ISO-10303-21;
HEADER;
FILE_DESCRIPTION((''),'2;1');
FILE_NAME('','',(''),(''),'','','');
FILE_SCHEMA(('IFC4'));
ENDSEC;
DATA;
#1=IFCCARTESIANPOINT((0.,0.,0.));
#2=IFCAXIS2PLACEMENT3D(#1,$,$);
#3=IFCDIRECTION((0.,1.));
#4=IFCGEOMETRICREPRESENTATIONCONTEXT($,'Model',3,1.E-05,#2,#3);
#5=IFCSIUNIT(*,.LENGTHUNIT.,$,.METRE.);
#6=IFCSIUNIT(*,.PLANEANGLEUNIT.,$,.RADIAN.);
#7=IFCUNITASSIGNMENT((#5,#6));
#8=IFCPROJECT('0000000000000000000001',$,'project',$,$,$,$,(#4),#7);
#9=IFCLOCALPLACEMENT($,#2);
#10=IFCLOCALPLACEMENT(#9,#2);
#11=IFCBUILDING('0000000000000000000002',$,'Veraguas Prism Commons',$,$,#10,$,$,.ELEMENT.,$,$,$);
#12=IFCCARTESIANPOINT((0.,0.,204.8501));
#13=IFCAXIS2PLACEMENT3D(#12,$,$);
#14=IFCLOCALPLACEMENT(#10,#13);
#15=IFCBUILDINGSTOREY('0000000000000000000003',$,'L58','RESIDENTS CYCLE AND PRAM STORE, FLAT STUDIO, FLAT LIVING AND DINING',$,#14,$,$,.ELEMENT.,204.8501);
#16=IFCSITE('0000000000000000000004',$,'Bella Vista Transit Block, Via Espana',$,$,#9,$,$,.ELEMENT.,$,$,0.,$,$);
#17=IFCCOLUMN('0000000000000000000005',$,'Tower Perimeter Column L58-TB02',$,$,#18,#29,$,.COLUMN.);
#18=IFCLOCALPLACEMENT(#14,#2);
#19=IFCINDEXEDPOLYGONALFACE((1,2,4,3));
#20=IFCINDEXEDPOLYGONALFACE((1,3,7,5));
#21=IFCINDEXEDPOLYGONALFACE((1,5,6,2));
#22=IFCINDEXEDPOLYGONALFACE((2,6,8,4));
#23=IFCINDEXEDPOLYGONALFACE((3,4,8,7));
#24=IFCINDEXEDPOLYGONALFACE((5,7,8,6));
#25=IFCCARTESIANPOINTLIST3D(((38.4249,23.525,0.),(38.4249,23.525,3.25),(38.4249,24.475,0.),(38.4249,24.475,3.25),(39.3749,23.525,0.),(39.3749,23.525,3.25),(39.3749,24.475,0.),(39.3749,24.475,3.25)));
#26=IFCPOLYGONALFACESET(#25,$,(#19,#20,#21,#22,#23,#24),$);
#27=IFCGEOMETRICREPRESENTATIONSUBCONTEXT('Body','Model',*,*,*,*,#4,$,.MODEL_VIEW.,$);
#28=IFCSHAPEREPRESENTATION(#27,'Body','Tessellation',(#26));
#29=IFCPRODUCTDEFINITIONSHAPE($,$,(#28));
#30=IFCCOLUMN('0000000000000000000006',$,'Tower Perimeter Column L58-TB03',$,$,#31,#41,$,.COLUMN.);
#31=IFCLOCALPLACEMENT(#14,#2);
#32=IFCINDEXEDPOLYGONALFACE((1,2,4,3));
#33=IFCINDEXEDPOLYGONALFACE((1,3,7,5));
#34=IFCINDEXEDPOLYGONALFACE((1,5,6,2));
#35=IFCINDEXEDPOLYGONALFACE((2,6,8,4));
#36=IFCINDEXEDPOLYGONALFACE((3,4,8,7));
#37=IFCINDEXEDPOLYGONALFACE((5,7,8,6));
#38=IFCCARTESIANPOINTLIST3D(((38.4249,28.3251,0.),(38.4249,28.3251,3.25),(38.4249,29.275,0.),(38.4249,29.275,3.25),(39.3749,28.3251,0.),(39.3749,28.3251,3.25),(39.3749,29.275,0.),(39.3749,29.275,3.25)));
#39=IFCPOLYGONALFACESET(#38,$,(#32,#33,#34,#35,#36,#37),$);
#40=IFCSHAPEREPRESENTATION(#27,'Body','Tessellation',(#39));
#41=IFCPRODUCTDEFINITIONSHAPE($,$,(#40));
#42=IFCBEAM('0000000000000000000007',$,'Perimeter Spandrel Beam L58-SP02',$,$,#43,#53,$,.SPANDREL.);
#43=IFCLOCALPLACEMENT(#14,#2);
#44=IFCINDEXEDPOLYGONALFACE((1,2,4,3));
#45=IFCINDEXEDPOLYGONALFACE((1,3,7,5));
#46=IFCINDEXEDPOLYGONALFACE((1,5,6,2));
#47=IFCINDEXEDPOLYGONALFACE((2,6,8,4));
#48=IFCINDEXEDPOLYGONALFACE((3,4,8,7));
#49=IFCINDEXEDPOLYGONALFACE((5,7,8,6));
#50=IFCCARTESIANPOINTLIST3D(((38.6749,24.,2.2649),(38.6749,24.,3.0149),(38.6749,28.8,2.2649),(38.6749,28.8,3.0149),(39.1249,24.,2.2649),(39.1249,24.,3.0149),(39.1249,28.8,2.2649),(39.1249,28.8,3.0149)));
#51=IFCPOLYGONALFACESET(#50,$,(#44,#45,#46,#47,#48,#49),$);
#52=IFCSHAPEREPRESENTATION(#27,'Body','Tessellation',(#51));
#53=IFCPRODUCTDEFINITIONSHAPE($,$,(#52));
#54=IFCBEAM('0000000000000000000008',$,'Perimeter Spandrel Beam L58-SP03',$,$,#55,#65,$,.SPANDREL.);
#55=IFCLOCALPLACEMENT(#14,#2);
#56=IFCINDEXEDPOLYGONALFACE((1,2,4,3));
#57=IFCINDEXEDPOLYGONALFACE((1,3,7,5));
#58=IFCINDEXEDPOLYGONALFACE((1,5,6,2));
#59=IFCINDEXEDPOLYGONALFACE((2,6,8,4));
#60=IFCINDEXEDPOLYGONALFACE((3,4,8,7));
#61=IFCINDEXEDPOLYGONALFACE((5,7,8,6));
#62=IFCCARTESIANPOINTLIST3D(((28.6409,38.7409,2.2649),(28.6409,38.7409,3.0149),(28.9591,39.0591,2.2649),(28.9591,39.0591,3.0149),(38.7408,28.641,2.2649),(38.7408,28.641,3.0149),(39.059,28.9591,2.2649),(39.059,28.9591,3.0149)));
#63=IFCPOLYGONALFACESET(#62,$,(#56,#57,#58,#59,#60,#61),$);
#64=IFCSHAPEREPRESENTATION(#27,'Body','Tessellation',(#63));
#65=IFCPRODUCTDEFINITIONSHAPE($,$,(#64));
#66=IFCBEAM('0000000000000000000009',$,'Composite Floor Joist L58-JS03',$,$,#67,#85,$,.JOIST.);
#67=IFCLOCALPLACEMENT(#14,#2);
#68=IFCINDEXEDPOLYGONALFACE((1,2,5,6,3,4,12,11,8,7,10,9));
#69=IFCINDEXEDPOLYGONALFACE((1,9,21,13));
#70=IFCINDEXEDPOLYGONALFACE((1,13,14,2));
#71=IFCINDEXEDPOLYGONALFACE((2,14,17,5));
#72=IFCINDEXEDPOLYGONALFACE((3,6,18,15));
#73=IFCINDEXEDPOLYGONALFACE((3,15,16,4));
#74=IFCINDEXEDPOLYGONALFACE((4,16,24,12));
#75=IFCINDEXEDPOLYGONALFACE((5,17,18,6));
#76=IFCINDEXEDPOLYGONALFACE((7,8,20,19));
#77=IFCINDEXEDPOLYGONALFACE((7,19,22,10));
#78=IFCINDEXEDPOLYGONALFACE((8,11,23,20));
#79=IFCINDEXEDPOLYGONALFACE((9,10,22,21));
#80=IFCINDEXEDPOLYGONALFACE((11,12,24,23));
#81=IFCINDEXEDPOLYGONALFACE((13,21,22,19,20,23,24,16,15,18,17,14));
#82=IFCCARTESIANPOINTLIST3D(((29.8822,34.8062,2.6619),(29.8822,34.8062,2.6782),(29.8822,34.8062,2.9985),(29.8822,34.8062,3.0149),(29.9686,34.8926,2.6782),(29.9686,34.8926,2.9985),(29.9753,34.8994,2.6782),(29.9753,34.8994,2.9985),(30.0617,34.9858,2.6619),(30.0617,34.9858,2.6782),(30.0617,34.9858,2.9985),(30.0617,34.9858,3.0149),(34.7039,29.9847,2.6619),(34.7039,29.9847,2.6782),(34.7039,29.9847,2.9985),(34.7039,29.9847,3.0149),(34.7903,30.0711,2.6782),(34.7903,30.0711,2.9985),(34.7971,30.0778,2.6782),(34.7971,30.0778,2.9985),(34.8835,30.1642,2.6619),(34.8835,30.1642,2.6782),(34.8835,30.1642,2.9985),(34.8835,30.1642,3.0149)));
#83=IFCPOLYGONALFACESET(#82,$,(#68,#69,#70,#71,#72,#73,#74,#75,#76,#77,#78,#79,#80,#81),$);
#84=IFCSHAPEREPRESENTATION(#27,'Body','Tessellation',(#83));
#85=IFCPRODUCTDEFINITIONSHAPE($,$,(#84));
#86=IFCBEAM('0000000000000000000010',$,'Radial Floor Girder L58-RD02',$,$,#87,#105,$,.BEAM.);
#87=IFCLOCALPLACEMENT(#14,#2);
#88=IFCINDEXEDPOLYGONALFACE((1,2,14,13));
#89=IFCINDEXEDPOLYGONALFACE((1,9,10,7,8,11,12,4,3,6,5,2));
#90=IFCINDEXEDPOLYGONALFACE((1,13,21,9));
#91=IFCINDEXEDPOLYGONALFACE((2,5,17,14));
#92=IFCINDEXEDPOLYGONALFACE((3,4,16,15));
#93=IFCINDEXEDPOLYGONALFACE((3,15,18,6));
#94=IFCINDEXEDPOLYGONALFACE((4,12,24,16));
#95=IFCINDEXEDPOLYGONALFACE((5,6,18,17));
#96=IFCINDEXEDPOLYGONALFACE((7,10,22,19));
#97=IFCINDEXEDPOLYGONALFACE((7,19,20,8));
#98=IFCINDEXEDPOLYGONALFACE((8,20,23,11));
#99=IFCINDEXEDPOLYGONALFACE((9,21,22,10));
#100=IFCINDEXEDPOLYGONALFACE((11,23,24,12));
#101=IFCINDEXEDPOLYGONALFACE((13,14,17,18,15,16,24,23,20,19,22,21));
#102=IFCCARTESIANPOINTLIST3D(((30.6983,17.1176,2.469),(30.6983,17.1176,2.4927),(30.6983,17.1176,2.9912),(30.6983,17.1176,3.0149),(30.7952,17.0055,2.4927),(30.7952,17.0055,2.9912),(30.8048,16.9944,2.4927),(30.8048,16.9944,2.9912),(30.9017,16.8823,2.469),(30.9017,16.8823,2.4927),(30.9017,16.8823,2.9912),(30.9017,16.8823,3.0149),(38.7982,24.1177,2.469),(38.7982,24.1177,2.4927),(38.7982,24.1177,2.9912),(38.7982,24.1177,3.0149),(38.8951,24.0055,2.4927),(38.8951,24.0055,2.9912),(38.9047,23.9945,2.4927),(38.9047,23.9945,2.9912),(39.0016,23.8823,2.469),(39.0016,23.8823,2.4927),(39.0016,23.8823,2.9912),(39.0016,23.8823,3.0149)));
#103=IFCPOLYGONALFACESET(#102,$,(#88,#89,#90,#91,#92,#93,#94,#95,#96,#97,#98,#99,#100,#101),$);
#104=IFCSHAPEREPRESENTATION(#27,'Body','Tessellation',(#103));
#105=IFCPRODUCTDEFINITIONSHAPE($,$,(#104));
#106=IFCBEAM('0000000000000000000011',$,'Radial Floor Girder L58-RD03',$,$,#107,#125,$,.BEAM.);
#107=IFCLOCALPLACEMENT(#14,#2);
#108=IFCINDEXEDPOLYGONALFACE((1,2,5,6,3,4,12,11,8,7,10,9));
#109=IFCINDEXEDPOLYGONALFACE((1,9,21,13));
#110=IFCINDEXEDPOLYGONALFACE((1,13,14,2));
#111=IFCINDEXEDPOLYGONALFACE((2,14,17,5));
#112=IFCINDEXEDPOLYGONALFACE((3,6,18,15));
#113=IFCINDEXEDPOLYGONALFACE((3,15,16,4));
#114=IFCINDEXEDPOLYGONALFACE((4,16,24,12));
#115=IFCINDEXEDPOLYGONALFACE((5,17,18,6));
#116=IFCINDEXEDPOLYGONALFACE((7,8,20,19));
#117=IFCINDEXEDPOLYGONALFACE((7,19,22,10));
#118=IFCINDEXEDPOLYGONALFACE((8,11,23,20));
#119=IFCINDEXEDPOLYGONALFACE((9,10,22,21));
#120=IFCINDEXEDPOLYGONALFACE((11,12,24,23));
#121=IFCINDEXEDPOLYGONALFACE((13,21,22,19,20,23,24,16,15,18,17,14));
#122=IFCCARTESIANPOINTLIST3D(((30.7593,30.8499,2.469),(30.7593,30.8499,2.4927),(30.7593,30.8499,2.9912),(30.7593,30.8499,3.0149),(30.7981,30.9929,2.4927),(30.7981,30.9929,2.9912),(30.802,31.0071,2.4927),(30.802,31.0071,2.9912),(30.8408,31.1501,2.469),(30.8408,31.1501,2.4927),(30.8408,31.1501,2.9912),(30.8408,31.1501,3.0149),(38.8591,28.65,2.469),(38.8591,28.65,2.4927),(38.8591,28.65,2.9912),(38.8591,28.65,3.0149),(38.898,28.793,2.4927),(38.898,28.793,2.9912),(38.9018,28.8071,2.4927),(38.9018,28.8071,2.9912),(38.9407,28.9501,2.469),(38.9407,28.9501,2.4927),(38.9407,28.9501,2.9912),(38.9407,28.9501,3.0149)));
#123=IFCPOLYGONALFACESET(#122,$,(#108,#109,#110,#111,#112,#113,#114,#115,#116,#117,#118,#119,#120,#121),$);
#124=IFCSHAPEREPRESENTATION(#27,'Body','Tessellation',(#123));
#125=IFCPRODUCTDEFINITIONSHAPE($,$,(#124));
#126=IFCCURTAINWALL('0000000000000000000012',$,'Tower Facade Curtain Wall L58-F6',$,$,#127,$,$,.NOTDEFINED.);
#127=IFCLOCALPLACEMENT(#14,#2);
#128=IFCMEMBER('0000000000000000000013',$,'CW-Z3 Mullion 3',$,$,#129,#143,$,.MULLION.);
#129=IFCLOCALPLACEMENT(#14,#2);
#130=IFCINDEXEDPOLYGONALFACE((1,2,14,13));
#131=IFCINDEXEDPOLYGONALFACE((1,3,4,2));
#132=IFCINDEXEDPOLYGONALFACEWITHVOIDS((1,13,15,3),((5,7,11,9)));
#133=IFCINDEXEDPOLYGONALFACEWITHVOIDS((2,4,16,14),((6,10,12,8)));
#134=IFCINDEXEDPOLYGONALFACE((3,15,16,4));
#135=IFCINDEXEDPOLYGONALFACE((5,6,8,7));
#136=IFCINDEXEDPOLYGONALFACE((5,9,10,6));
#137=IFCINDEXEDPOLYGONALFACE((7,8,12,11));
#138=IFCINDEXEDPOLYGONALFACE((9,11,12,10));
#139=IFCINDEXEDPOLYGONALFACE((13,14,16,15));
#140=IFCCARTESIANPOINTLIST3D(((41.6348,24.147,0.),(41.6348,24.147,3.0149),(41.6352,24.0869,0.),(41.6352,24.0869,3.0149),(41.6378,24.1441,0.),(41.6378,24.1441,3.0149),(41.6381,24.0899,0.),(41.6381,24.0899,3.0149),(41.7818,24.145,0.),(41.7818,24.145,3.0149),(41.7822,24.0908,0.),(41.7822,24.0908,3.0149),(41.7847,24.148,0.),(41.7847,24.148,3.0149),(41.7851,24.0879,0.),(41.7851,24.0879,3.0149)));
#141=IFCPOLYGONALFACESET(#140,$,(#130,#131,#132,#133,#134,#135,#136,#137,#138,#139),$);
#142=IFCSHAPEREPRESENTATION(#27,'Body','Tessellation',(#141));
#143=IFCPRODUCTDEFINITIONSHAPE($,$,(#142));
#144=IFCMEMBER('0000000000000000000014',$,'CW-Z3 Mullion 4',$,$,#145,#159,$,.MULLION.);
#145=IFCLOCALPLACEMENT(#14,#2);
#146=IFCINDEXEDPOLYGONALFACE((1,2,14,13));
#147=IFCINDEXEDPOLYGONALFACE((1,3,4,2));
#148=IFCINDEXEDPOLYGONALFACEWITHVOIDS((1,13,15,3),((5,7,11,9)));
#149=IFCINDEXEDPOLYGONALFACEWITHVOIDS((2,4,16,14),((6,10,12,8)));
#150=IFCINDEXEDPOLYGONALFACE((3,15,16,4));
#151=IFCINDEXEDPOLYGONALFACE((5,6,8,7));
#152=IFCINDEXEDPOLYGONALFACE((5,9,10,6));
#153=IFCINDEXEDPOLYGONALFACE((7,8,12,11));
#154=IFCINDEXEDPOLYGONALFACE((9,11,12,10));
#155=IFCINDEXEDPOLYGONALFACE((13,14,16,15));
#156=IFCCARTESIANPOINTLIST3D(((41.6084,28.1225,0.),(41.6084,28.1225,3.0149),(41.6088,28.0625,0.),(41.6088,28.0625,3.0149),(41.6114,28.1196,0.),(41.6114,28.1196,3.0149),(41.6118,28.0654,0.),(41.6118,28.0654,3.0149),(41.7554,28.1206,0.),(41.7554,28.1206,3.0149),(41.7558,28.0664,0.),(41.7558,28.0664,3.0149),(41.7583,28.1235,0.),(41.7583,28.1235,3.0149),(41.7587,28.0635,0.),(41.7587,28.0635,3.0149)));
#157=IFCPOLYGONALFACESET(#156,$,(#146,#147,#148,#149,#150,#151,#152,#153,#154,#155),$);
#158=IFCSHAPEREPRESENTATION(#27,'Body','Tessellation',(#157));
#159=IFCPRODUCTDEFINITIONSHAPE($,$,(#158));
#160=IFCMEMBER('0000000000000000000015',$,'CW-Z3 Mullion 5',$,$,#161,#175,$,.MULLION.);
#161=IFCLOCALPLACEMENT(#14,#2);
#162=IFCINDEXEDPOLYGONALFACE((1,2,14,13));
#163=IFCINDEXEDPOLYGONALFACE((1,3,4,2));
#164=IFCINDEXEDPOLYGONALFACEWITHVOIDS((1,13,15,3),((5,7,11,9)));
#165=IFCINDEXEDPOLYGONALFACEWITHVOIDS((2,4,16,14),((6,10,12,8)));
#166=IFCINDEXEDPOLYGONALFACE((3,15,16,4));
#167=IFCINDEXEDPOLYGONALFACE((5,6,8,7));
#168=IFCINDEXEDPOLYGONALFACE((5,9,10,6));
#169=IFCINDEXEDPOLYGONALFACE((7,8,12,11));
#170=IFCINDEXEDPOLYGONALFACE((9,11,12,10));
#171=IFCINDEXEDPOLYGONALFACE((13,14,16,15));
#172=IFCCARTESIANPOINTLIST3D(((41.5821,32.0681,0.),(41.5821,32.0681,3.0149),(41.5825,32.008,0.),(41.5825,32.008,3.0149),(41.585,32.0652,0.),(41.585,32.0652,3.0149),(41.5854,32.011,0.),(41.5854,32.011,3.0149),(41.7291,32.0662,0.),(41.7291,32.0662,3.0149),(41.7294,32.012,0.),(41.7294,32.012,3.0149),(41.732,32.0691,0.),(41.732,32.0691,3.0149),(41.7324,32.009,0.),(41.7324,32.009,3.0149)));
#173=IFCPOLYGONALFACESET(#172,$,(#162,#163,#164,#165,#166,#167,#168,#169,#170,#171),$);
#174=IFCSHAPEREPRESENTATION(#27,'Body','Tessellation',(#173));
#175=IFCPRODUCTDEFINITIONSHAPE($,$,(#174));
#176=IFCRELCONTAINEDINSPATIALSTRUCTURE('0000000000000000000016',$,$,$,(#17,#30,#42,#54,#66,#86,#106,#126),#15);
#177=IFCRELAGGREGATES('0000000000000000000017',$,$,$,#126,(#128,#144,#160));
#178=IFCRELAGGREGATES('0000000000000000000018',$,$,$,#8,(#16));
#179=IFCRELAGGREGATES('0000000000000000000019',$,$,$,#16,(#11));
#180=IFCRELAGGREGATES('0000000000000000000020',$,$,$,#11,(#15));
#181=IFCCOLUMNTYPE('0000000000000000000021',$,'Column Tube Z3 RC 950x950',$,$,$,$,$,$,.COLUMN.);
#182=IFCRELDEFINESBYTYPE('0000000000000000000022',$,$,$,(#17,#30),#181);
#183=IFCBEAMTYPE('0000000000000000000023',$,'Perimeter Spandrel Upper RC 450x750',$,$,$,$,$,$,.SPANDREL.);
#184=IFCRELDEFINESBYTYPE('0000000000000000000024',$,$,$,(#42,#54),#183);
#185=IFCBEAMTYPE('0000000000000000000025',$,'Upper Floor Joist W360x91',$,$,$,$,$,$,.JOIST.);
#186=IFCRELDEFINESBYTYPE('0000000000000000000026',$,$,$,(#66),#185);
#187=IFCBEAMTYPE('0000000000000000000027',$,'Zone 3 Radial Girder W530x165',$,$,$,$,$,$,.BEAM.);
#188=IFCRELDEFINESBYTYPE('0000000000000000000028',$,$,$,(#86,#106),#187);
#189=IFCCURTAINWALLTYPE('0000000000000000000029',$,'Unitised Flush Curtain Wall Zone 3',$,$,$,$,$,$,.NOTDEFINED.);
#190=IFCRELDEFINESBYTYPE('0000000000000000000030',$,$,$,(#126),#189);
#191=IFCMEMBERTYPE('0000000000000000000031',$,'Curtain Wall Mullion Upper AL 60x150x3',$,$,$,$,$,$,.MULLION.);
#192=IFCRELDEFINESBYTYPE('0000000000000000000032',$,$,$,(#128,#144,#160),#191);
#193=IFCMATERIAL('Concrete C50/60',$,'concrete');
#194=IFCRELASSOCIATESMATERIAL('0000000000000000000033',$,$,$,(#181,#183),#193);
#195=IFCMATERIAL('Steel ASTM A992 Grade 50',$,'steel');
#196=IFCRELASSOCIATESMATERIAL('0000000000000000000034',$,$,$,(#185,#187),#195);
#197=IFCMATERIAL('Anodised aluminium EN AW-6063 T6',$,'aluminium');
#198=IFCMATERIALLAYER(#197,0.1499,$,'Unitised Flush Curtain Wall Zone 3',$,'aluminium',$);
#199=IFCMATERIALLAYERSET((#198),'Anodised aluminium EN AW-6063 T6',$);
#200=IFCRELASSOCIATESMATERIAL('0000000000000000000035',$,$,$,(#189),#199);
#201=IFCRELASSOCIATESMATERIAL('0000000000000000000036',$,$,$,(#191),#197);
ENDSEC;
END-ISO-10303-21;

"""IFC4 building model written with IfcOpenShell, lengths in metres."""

from ifc_helpers import new_model, si_unit, direction, frame, origin, origin_2d, place, context, subcontext, project, spatial, rectangle, hollow_rectangle, i_section, extrude, source, transform, mapped, material, layer, layer_set, material_profile, profile_set, type_object, element, aggregate, save


model = new_model("IFC4")

# Units and contexts
model_context = context("Model", 3, precision=1e-05, world=origin(), true_north=direction((0.0, 1.0)))
body_context = subcontext(model_context, "Body", "Model", "MODEL_VIEW")
ifc_project = project(units=[si_unit("LENGTHUNIT", "METRE"), si_unit("PLANEANGLEUNIT", "RADIAN")], contexts=[model_context])

# Site, building, storey
site_placement = place(None, origin())
site = spatial("IfcSite", under=ifc_project, at=site_placement, Name="Bella Vista Transit Block, Via Espana", CompositionType="ELEMENT", RefElevation=0.0)
building_placement = place(site_placement, origin())
building = spatial("IfcBuilding", under=site, at=building_placement, Name="Veraguas Prism Commons", CompositionType="ELEMENT")
storey_placement = place(building_placement, frame((0.0, 0.0, 204.8501)))
storey = spatial("IfcBuildingStorey", under=building, at=storey_placement, Name="L58", Description="RESIDENTS CYCLE AND PRAM STORE, FLAT STUDIO, FLAT LIVING AND DINING", CompositionType="ELEMENT", Elevation=204.8501)

# Columns
ifc_material_1 = material(Name="Concrete C50/60", Category="concrete")
ifc_material_profile_1 = material_profile(ifc_material_1, rectangle(XDim=0.95, YDim=0.95, at=origin_2d()), Name="RC950X950")
ifc_profile_set_1 = profile_set([ifc_material_profile_1], Name="Concrete C50/60")
column_type = type_object("IfcColumnType", Name="Column Tube Z3 RC 950x950", PredefinedType="COLUMN", material=ifc_profile_set_1)
for number, where, z_axis, x_axis, name in (
    (1, (38.8999, 24.0, 0.0), (0.0, 0.0, 1.0), (1.0, 0.0, 0.0), "Tower Perimeter Column L58-TB02"),
    (2, (38.8999, 28.8, 0.0), (0.0, 0.0, 1.0), (1.0, 0.0, 0.0), "Tower Perimeter Column L58-TB03"),
):
    element("IfcColumn", number, at=place(storey_placement, frame(where, z_axis=z_axis, x_axis=x_axis)), inside=storey, type_object=column_type, Name=name, PredefinedType="COLUMN", context=body_context, shape_type="SweptSolid", body=[
        extrude(rectangle(XDim=0.95, YDim=0.95, at=origin_2d()), origin(), (0.0, 0.0, 1.0), 3.25),
    ])

# Beams
ifc_material_profile_2 = material_profile(ifc_material_1, rectangle(XDim=0.45, YDim=0.75, at=origin_2d()), Name="RC450X750")
ifc_profile_set_2 = profile_set([ifc_material_profile_2], Name="Concrete C50/60")
beam_type_1 = type_object("IfcBeamType", Name="Perimeter Spandrel Upper RC 450x750", PredefinedType="SPANDREL", material=ifc_profile_set_2)
beam_1_placement = place(storey_placement, frame((38.8999, 24.0, 2.6399), z_axis=(0.0, 1.0, 0.0), x_axis=(-1.0, 0.0, 0.0)))
element("IfcBeam", 3, at=beam_1_placement, inside=storey, type_object=beam_type_1, Name="Perimeter Spandrel Beam L58-SP02", PredefinedType="SPANDREL", context=body_context, shape_type="SweptSolid", body=[
    extrude(rectangle(XDim=0.45, YDim=0.75, at=origin_2d()), origin(), (0.0, 0.0, 1.0), 4.8),
])
beam_2_placement = place(storey_placement, frame((38.8999, 28.8, 2.6399), z_axis=(-0.707107, 0.707107, 0.0), x_axis=(-0.707107, -0.707107, 0.0)))
element("IfcBeam", 4, at=beam_2_placement, inside=storey, type_object=beam_type_1, Name="Perimeter Spandrel Beam L58-SP03", PredefinedType="SPANDREL", context=body_context, shape_type="SweptSolid", body=[
    extrude(rectangle(XDim=0.45, YDim=0.75, at=origin_2d()), origin(), (0.0, 0.0, 1.0), 14.2834),
])
ifc_material_2 = material(Name="Steel ASTM A992 Grade 50", Category="steel")
ifc_material_profile_3 = material_profile(ifc_material_2, i_section(OverallWidth=0.2539, OverallDepth=0.353, WebThickness=0.0095, FlangeThickness=0.0164, at=origin_2d()), Name="W360X91")
ifc_profile_set_3 = profile_set([ifc_material_profile_3], Name="Steel ASTM A992 Grade 50")
beam_type_2 = type_object("IfcBeamType", Name="Upper Floor Joist W360x91", PredefinedType="JOIST", material=ifc_profile_set_3)
beam_3_placement = place(storey_placement, frame((34.7937, 30.0745, 2.8384), z_axis=(-0.707125, 0.707089, 0.0), x_axis=(-0.707089, -0.707125, 0.0)))
element("IfcBeam", 5, at=beam_3_placement, inside=storey, type_object=beam_type_2, Name="Composite Floor Joist L58-JS03", PredefinedType="JOIST", context=body_context, shape_type="SweptSolid", body=[
    extrude(i_section(OverallWidth=0.2539, OverallDepth=0.353, WebThickness=0.0095, FlangeThickness=0.0164, at=origin_2d()), origin(), (0.0, 0.0, 1.0), 6.8188),
])
ifc_material_profile_4 = material_profile(ifc_material_2, i_section(OverallWidth=0.311, OverallDepth=0.5459, WebThickness=0.0146, FlangeThickness=0.0237, at=origin_2d()), Name="W530X165")
ifc_profile_set_4 = profile_set([ifc_material_profile_4], Name="Steel ASTM A992 Grade 50")
beam_type_3 = type_object("IfcBeamType", Name="Zone 3 Radial Girder W530x165", PredefinedType="BEAM", material=ifc_profile_set_4)
beam_4_placement = place(storey_placement, frame((38.8999, 24.0, 2.7419), z_axis=(-0.756607, -0.65387, 0.0), x_axis=(0.65387, -0.756607, 0.0)))
element("IfcBeam", 6, at=beam_4_placement, inside=storey, type_object=beam_type_3, Name="Radial Floor Girder L58-RD02", PredefinedType="BEAM", context=body_context, shape_type="SweptSolid", body=[
    extrude(i_section(OverallWidth=0.311, OverallDepth=0.5459, WebThickness=0.0146, FlangeThickness=0.0237, at=origin_2d()), origin(), (0.0, 0.0, 1.0), 10.7056),
])
beam_5_placement = place(storey_placement, frame((38.8999, 28.8, 2.7419), z_axis=(-0.965039, 0.262108, 0.0), x_axis=(-0.262108, -0.965039, 0.0)))
element("IfcBeam", 7, at=beam_5_placement, inside=storey, type_object=beam_type_3, Name="Radial Floor Girder L58-RD03", PredefinedType="BEAM", context=body_context, shape_type="SweptSolid", body=[
    extrude(i_section(OverallWidth=0.311, OverallDepth=0.5459, WebThickness=0.0146, FlangeThickness=0.0237, at=origin_2d()), origin(), (0.0, 0.0, 1.0), 8.3933),
])

# Curtain wall, members
ifc_material_3 = material(Name="Anodised aluminium EN AW-6063 T6", Category="aluminium")
ifc_layer_1 = layer(ifc_material_3, 0.1499, Name="Unitised Flush Curtain Wall Zone 3", Category="aluminium")
ifc_layer_set_1 = layer_set([ifc_layer_1], Name="Anodised aluminium EN AW-6063 T6")
curtain_wall_type = type_object("IfcCurtainWallType", Name="Unitised Flush Curtain Wall Zone 3", PredefinedType="NOTDEFINED", material=ifc_layer_set_1)
curtain_wall_placement = place(storey_placement, origin())
curtain_wall = element("IfcCurtainWall", 8, at=curtain_wall_placement, inside=storey, type_object=curtain_wall_type, Name="Tower Facade Curtain Wall L58-F6", PredefinedType="NOTDEFINED")
ifc_material_profile_5 = material_profile(ifc_material_3, hollow_rectangle(XDim=0.0601, YDim=0.1499, WallThickness=0.0029, at=origin_2d()), Name="AL60X150X3")
ifc_profile_set_5 = profile_set([ifc_material_profile_5], Name="Anodised aluminium EN AW-6063 T6")
member_type = type_object("IfcMemberType", Name="Curtain Wall Mullion Upper AL 60x150x3", PredefinedType="MULLION", material=ifc_profile_set_5)
shared_shape_1 = source(origin(), body_context, "Body", "SweptSolid", [
    extrude(hollow_rectangle(XDim=0.0601, YDim=0.1499, WallThickness=0.0029, at=origin_2d()), origin(), (0.0, 0.0, 1.0), 3.0149),
])
member_1_placement = place(storey_placement, frame((41.71, 24.1174, 0.0), z_axis=(0.0, 0.0, 1.0), x_axis=(-0.006634, 0.999978, 0.0)))
member_1 = element("IfcMember", 9, at=member_1_placement, type_object=member_type, Name="CW-Z3 Mullion 3", PredefinedType="MULLION", context=body_context, shape_type="MappedRepresentation", body=[
    mapped(shared_shape_1, transform((0.0, 0.0, 0.0), scale=1.0)),
])
member_2_placement = place(storey_placement, frame((41.6836, 28.093, 0.0), z_axis=(0.0, 0.0, 1.0), x_axis=(-0.006634, 0.999978, 0.0)))
member_2 = element("IfcMember", 10, at=member_2_placement, type_object=member_type, Name="CW-Z3 Mullion 4", PredefinedType="MULLION", context=body_context, shape_type="MappedRepresentation", body=[
    mapped(shared_shape_1, transform((0.0, 0.0, 0.0), scale=1.0)),
])
member_3_placement = place(storey_placement, frame((41.6572, 32.0386, 0.0), z_axis=(0.0, 0.0, 1.0), x_axis=(-0.006634, 0.999978, 0.0)))
member_3 = element("IfcMember", 11, at=member_3_placement, type_object=member_type, Name="CW-Z3 Mullion 5", PredefinedType="MULLION", context=body_context, shape_type="MappedRepresentation", body=[
    mapped(shared_shape_1, transform((0.0, 0.0, 0.0), scale=1.0)),
])
aggregate(curtain_wall, [member_1, member_2, member_3])

save(model, "model.ifc")
